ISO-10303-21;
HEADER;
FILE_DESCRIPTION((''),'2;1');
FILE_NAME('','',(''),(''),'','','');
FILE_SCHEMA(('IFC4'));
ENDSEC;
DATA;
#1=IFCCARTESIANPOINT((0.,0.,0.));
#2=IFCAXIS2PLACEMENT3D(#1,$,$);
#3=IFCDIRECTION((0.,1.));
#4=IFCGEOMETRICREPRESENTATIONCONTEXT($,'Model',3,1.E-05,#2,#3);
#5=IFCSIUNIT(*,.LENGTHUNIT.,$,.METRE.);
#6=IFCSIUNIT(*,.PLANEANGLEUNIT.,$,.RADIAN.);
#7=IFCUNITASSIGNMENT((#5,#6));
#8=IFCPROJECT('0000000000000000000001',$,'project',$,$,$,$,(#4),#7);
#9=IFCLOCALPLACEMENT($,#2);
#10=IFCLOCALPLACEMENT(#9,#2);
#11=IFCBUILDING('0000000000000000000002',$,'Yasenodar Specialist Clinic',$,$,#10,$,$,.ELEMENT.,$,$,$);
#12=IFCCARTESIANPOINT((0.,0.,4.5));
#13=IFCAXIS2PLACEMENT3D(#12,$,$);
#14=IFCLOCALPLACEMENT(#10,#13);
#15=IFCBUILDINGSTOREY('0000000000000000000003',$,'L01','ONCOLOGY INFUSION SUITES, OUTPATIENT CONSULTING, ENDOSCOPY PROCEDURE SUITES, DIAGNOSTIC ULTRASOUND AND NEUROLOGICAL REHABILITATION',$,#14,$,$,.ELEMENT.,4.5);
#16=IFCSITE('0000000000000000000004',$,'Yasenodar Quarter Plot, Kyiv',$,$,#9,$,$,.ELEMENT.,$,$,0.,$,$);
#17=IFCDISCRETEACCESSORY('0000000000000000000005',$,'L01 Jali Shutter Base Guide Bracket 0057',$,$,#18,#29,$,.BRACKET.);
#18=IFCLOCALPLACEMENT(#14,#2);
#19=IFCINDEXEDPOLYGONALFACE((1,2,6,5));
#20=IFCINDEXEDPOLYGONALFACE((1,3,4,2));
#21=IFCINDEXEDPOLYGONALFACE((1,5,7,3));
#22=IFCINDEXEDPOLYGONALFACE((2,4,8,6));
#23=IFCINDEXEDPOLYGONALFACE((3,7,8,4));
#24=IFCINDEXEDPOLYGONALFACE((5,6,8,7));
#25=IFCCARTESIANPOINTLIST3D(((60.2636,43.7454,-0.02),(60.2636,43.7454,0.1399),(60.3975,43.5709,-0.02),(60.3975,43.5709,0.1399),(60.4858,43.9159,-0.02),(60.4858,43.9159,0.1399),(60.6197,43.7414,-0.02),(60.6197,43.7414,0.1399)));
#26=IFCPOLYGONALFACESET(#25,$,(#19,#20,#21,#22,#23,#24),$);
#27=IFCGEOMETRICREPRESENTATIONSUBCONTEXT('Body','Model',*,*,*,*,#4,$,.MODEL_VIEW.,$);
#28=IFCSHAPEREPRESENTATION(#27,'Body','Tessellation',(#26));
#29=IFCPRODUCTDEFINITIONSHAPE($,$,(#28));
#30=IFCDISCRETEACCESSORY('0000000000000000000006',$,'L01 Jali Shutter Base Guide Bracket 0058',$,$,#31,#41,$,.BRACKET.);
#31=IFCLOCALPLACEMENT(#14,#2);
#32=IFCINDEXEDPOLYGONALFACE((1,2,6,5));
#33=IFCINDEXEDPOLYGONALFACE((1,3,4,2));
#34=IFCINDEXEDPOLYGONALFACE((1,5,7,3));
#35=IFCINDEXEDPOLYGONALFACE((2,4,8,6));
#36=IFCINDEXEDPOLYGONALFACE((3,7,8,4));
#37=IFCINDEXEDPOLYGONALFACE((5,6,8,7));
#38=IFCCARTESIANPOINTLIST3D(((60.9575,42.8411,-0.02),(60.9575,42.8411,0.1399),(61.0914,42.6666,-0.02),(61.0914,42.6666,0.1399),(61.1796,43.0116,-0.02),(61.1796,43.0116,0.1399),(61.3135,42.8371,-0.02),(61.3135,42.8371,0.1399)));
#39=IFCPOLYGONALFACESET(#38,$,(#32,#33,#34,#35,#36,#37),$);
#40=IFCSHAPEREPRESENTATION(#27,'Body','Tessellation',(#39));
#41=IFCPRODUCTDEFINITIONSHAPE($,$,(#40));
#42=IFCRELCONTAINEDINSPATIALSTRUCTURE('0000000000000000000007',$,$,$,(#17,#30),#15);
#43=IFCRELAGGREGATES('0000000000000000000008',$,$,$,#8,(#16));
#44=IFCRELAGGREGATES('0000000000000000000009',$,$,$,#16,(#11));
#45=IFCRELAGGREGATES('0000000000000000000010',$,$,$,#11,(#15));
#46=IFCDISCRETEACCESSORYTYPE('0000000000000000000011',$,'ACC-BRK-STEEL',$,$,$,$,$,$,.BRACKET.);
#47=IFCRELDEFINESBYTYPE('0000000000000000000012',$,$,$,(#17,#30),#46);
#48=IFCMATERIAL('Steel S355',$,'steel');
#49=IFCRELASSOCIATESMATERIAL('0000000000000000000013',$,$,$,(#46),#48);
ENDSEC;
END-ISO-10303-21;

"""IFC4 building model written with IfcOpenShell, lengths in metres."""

from ifc_helpers import new_model, si_unit, direction, frame, origin, origin_2d, place, context, subcontext, project, spatial, rectangle, extrude, material, type_object, element, save


model = new_model("IFC4")

# Units and contexts
model_context = context("Model", 3, precision=1e-05, world=origin(), true_north=direction((0.0, 1.0)))
body_context = subcontext(model_context, "Body", "Model", "MODEL_VIEW")
ifc_project = project(units=[si_unit("LENGTHUNIT", "METRE"), si_unit("PLANEANGLEUNIT", "RADIAN")], contexts=[model_context])

# Site, building, storey
site_placement = place(None, origin())
site = spatial("IfcSite", under=ifc_project, at=site_placement, Name="Yasenodar Quarter Plot, Kyiv", CompositionType="ELEMENT", RefElevation=0.0)
building_placement = place(site_placement, origin())
building = spatial("IfcBuilding", under=site, at=building_placement, Name="Yasenodar Specialist Clinic", CompositionType="ELEMENT")
storey_placement = place(building_placement, frame((0.0, 0.0, 4.5)))
storey = spatial("IfcBuildingStorey", under=building, at=storey_placement, Name="L01", Description="ONCOLOGY INFUSION SUITES, OUTPATIENT CONSULTING, ENDOSCOPY PROCEDURE SUITES, DIAGNOSTIC ULTRASOUND AND NEUROLOGICAL REHABILITATION", CompositionType="ELEMENT", Elevation=4.5)

# Shared definitions
ifc_material_1 = material(Name="Steel S355", Category="steel")

# Discrete accessories
discrete_accessory_type = type_object("IfcDiscreteAccessoryType", Name="ACC-BRK-STEEL", PredefinedType="BRACKET", material=ifc_material_1)
for number, where, z_axis, x_axis, name in (
    (1, (60.4417, 43.7434, -0.02), (0.0, 0.0, 1.0), (0.608764, -0.793351, 0.0), "L01 Jali Shutter Base Guide Bracket 0057"),
    (2, (61.1355, 42.8391, -0.02), (0.0, 0.0, 1.0), (0.608764, -0.793351, 0.0), "L01 Jali Shutter Base Guide Bracket 0058"),
):
    element("IfcDiscreteAccessory", number, at=place(storey_placement, frame(where, z_axis=z_axis, x_axis=x_axis)), inside=storey, type_object=discrete_accessory_type, Name=name, PredefinedType="BRACKET", context=body_context, shape_type="SweptSolid", body=[
        extrude(rectangle(XDim=0.22, YDim=0.28, at=origin_2d()), origin(), (0.0, 0.0, 1.0), 0.1599),
    ])

save(model, "model.ifc")
